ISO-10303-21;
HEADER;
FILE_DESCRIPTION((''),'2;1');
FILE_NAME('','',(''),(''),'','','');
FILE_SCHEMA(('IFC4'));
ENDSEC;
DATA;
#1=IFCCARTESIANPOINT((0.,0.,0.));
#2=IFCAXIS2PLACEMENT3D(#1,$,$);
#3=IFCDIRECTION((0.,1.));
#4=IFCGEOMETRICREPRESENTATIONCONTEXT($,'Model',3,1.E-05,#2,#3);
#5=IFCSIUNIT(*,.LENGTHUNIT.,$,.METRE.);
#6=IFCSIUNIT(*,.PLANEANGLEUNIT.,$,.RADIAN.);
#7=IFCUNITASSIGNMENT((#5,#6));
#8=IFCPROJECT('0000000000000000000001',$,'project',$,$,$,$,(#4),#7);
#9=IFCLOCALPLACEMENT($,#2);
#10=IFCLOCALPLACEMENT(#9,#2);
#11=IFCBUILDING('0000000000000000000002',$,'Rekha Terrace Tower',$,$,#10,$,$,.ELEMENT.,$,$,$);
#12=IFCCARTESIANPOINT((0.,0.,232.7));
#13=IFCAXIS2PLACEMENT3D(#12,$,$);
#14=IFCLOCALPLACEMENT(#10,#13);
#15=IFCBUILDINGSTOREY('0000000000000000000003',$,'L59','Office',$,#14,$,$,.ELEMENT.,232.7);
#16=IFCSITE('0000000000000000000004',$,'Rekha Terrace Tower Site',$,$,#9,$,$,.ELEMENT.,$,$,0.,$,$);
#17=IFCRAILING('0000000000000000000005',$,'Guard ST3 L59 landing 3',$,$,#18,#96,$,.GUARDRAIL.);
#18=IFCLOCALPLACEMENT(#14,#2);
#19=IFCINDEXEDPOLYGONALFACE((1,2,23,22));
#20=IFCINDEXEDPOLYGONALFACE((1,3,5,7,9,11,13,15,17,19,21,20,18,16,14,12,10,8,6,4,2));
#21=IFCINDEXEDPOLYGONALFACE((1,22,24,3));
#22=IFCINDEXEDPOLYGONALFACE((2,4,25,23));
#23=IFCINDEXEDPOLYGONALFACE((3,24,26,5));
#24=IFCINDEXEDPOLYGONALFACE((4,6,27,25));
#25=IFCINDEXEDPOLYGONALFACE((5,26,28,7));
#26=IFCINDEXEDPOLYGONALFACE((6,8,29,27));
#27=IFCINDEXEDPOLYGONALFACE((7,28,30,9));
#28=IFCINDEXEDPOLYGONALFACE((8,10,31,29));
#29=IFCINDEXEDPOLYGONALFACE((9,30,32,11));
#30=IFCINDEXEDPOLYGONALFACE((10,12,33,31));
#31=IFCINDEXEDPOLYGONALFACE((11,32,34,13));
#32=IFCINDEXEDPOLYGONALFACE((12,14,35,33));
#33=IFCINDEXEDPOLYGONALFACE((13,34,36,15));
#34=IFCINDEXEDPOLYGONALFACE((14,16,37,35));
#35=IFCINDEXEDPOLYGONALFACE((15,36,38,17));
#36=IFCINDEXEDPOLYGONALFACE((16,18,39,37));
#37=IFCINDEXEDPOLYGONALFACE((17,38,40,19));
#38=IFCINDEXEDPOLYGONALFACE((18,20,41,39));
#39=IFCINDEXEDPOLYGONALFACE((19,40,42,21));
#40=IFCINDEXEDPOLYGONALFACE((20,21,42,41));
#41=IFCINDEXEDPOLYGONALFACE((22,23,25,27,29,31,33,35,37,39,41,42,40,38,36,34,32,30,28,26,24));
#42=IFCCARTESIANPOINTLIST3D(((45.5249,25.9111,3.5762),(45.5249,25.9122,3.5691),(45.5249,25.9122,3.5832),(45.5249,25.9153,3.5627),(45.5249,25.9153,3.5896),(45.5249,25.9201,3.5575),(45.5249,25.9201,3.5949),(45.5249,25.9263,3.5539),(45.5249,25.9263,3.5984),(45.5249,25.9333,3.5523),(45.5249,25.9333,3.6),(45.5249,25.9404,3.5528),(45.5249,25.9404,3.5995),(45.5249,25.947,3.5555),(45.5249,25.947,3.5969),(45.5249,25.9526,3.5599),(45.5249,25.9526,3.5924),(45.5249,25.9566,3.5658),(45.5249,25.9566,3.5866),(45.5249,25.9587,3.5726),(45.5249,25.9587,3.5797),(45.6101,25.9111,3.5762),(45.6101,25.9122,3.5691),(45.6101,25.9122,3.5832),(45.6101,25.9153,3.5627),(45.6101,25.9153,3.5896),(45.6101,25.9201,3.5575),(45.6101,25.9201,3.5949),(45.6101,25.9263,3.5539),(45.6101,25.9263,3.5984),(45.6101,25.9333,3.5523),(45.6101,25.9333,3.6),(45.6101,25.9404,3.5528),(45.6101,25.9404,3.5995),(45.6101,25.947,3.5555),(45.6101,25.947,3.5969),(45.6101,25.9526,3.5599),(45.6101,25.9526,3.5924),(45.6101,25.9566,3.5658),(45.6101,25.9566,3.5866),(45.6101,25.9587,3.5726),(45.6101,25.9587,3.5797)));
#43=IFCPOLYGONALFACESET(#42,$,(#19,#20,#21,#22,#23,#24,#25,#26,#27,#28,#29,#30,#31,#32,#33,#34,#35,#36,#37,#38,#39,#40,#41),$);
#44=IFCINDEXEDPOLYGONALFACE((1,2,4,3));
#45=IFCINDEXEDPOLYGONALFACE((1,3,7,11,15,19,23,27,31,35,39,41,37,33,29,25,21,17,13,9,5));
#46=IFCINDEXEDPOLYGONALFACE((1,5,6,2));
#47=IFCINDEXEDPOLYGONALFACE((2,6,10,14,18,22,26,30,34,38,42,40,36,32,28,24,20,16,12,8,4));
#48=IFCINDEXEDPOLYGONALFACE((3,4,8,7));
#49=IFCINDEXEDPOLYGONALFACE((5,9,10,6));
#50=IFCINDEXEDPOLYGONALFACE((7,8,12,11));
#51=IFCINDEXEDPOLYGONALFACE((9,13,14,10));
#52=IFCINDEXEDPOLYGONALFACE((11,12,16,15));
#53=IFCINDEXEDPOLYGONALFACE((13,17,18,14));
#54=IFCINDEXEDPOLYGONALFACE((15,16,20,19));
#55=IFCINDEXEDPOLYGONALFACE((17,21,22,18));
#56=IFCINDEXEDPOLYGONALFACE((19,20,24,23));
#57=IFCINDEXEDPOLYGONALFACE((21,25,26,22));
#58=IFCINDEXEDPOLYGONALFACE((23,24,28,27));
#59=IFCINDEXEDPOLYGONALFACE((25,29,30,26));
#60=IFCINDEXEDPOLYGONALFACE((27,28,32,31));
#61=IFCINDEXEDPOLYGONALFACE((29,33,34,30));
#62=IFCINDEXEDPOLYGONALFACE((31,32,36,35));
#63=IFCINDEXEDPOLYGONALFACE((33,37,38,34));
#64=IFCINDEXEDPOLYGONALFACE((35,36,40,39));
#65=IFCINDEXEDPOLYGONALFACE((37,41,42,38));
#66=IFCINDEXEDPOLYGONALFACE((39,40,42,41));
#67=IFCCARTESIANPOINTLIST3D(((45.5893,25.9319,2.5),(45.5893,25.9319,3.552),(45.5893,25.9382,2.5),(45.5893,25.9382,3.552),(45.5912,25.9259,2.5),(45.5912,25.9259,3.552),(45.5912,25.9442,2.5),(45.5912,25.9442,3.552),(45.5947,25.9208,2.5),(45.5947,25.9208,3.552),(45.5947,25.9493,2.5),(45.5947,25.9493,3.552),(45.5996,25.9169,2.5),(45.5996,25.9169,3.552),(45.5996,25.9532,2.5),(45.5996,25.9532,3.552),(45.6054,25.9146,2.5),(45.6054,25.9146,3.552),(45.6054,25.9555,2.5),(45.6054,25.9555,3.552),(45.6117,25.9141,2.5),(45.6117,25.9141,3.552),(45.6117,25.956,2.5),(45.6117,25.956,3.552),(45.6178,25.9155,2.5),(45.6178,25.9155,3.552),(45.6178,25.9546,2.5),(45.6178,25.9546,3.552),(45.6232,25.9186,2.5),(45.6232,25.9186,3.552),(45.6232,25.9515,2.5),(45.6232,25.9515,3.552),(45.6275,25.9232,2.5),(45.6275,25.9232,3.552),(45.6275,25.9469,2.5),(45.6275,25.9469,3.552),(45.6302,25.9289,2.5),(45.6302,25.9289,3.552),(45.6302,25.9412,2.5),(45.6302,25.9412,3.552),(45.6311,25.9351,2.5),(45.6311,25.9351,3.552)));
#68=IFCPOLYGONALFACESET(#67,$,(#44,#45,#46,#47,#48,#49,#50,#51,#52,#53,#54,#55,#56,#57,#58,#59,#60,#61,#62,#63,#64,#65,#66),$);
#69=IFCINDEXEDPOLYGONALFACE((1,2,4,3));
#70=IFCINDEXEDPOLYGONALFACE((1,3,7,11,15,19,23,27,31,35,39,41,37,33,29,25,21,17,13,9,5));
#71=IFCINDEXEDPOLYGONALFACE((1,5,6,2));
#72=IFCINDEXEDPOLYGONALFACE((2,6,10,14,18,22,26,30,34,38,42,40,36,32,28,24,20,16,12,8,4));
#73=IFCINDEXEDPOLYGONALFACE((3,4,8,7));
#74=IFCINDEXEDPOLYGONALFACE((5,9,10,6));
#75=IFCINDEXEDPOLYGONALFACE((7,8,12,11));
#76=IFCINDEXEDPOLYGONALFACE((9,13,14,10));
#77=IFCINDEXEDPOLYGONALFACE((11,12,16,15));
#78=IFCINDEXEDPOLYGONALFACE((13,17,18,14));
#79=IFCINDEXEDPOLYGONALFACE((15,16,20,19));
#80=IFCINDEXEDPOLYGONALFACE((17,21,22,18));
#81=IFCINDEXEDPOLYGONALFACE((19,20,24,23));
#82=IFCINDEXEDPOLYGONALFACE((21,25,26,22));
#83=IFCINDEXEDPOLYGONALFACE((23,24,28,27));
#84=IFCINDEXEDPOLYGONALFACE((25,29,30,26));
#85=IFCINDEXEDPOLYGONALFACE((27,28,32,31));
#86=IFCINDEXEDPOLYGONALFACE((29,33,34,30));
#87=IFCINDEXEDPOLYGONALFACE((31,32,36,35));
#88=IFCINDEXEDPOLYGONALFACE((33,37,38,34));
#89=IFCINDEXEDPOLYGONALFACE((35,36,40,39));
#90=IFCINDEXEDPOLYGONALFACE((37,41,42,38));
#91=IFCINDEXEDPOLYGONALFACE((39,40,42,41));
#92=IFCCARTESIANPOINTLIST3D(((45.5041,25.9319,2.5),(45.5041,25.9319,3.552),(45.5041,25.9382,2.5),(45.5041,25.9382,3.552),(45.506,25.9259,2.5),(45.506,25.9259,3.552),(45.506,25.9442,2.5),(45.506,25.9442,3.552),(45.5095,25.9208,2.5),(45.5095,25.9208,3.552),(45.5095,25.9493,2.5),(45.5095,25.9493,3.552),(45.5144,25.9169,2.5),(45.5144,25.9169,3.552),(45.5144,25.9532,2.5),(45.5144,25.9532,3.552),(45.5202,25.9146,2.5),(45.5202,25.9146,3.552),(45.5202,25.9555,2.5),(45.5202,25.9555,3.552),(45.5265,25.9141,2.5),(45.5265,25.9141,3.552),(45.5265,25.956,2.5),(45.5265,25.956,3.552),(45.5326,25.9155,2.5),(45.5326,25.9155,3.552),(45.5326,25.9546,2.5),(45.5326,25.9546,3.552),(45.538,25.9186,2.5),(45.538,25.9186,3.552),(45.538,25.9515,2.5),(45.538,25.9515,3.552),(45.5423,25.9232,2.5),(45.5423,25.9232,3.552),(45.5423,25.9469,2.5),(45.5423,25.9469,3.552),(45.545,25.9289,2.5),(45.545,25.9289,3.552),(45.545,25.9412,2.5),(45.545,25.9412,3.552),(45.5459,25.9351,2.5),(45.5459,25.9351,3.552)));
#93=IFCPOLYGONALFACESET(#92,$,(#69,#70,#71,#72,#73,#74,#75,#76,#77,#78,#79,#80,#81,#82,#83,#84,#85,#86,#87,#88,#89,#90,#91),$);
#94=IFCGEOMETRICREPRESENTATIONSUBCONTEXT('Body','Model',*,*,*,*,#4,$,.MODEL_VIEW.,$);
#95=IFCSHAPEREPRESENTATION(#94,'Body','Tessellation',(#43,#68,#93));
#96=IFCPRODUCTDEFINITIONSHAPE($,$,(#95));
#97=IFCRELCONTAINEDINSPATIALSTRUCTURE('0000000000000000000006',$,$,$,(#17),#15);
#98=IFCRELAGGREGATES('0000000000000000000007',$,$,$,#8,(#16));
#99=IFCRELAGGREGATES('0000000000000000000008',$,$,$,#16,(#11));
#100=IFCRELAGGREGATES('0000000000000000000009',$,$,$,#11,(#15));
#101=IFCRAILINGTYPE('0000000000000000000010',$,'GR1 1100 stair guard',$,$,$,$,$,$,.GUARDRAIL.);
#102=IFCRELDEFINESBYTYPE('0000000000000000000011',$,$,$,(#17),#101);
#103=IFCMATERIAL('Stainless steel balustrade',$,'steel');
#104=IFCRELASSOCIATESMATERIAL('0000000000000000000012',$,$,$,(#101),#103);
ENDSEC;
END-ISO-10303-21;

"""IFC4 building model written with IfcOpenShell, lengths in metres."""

from ifc_helpers import new_model, si_unit, direction, frame, origin, origin_2d, place, context, subcontext, project, spatial, circle, extrude, material, type_object, element, save


model = new_model("IFC4")

# Units and contexts
model_context = context("Model", 3, precision=1e-05, world=origin(), true_north=direction((0.0, 1.0)))
body_context = subcontext(model_context, "Body", "Model", "MODEL_VIEW")
ifc_project = project(units=[si_unit("LENGTHUNIT", "METRE"), si_unit("PLANEANGLEUNIT", "RADIAN")], contexts=[model_context])

# Site, building, storey
site_placement = place(None, origin())
site = spatial("IfcSite", under=ifc_project, at=site_placement, Name="Rekha Terrace Tower Site", CompositionType="ELEMENT", RefElevation=0.0)
building_placement = place(site_placement, origin())
building = spatial("IfcBuilding", under=site, at=building_placement, Name="Rekha Terrace Tower", CompositionType="ELEMENT")
storey_placement = place(building_placement, frame((0.0, 0.0, 232.7)))
storey = spatial("IfcBuildingStorey", under=building, at=storey_placement, Name="L59", Description="Office", CompositionType="ELEMENT", Elevation=232.7)

# Railing
ifc_material_1 = material(Name="Stainless steel balustrade", Category="steel")
railing_type_1 = type_object("IfcRailingType", Name="GR1 1100 stair guard", PredefinedType="GUARDRAIL", material=ifc_material_1)
railing_1_placement = place(storey_placement, frame((45.6101, 25.9351, 2.5)))
element("IfcRailing", 1, at=railing_1_placement, inside=storey, type_object=railing_type_1, Name="Guard ST3 L59 landing 3", PredefinedType="GUARDRAIL", context=body_context, shape_type="SweptSolid", body=[
    extrude(circle(Radius=0.0239, at=origin_2d()), frame((0.0, 0.0, 1.0762), z_axis=(-1.0, 0.0, 0.0), x_axis=(0.0, -1.0, 0.0)), (0.0, 0.0, 1.0), 0.0852),
    extrude(circle(Radius=0.021, at=origin_2d()), origin(), (0.0, 0.0, 1.0), 1.052),
    extrude(circle(Radius=0.021, at=origin_2d()), frame((-0.0852, 0.0, 0.0)), (0.0, 0.0, 1.0), 1.052),
])

save(model, "model.ifc")
